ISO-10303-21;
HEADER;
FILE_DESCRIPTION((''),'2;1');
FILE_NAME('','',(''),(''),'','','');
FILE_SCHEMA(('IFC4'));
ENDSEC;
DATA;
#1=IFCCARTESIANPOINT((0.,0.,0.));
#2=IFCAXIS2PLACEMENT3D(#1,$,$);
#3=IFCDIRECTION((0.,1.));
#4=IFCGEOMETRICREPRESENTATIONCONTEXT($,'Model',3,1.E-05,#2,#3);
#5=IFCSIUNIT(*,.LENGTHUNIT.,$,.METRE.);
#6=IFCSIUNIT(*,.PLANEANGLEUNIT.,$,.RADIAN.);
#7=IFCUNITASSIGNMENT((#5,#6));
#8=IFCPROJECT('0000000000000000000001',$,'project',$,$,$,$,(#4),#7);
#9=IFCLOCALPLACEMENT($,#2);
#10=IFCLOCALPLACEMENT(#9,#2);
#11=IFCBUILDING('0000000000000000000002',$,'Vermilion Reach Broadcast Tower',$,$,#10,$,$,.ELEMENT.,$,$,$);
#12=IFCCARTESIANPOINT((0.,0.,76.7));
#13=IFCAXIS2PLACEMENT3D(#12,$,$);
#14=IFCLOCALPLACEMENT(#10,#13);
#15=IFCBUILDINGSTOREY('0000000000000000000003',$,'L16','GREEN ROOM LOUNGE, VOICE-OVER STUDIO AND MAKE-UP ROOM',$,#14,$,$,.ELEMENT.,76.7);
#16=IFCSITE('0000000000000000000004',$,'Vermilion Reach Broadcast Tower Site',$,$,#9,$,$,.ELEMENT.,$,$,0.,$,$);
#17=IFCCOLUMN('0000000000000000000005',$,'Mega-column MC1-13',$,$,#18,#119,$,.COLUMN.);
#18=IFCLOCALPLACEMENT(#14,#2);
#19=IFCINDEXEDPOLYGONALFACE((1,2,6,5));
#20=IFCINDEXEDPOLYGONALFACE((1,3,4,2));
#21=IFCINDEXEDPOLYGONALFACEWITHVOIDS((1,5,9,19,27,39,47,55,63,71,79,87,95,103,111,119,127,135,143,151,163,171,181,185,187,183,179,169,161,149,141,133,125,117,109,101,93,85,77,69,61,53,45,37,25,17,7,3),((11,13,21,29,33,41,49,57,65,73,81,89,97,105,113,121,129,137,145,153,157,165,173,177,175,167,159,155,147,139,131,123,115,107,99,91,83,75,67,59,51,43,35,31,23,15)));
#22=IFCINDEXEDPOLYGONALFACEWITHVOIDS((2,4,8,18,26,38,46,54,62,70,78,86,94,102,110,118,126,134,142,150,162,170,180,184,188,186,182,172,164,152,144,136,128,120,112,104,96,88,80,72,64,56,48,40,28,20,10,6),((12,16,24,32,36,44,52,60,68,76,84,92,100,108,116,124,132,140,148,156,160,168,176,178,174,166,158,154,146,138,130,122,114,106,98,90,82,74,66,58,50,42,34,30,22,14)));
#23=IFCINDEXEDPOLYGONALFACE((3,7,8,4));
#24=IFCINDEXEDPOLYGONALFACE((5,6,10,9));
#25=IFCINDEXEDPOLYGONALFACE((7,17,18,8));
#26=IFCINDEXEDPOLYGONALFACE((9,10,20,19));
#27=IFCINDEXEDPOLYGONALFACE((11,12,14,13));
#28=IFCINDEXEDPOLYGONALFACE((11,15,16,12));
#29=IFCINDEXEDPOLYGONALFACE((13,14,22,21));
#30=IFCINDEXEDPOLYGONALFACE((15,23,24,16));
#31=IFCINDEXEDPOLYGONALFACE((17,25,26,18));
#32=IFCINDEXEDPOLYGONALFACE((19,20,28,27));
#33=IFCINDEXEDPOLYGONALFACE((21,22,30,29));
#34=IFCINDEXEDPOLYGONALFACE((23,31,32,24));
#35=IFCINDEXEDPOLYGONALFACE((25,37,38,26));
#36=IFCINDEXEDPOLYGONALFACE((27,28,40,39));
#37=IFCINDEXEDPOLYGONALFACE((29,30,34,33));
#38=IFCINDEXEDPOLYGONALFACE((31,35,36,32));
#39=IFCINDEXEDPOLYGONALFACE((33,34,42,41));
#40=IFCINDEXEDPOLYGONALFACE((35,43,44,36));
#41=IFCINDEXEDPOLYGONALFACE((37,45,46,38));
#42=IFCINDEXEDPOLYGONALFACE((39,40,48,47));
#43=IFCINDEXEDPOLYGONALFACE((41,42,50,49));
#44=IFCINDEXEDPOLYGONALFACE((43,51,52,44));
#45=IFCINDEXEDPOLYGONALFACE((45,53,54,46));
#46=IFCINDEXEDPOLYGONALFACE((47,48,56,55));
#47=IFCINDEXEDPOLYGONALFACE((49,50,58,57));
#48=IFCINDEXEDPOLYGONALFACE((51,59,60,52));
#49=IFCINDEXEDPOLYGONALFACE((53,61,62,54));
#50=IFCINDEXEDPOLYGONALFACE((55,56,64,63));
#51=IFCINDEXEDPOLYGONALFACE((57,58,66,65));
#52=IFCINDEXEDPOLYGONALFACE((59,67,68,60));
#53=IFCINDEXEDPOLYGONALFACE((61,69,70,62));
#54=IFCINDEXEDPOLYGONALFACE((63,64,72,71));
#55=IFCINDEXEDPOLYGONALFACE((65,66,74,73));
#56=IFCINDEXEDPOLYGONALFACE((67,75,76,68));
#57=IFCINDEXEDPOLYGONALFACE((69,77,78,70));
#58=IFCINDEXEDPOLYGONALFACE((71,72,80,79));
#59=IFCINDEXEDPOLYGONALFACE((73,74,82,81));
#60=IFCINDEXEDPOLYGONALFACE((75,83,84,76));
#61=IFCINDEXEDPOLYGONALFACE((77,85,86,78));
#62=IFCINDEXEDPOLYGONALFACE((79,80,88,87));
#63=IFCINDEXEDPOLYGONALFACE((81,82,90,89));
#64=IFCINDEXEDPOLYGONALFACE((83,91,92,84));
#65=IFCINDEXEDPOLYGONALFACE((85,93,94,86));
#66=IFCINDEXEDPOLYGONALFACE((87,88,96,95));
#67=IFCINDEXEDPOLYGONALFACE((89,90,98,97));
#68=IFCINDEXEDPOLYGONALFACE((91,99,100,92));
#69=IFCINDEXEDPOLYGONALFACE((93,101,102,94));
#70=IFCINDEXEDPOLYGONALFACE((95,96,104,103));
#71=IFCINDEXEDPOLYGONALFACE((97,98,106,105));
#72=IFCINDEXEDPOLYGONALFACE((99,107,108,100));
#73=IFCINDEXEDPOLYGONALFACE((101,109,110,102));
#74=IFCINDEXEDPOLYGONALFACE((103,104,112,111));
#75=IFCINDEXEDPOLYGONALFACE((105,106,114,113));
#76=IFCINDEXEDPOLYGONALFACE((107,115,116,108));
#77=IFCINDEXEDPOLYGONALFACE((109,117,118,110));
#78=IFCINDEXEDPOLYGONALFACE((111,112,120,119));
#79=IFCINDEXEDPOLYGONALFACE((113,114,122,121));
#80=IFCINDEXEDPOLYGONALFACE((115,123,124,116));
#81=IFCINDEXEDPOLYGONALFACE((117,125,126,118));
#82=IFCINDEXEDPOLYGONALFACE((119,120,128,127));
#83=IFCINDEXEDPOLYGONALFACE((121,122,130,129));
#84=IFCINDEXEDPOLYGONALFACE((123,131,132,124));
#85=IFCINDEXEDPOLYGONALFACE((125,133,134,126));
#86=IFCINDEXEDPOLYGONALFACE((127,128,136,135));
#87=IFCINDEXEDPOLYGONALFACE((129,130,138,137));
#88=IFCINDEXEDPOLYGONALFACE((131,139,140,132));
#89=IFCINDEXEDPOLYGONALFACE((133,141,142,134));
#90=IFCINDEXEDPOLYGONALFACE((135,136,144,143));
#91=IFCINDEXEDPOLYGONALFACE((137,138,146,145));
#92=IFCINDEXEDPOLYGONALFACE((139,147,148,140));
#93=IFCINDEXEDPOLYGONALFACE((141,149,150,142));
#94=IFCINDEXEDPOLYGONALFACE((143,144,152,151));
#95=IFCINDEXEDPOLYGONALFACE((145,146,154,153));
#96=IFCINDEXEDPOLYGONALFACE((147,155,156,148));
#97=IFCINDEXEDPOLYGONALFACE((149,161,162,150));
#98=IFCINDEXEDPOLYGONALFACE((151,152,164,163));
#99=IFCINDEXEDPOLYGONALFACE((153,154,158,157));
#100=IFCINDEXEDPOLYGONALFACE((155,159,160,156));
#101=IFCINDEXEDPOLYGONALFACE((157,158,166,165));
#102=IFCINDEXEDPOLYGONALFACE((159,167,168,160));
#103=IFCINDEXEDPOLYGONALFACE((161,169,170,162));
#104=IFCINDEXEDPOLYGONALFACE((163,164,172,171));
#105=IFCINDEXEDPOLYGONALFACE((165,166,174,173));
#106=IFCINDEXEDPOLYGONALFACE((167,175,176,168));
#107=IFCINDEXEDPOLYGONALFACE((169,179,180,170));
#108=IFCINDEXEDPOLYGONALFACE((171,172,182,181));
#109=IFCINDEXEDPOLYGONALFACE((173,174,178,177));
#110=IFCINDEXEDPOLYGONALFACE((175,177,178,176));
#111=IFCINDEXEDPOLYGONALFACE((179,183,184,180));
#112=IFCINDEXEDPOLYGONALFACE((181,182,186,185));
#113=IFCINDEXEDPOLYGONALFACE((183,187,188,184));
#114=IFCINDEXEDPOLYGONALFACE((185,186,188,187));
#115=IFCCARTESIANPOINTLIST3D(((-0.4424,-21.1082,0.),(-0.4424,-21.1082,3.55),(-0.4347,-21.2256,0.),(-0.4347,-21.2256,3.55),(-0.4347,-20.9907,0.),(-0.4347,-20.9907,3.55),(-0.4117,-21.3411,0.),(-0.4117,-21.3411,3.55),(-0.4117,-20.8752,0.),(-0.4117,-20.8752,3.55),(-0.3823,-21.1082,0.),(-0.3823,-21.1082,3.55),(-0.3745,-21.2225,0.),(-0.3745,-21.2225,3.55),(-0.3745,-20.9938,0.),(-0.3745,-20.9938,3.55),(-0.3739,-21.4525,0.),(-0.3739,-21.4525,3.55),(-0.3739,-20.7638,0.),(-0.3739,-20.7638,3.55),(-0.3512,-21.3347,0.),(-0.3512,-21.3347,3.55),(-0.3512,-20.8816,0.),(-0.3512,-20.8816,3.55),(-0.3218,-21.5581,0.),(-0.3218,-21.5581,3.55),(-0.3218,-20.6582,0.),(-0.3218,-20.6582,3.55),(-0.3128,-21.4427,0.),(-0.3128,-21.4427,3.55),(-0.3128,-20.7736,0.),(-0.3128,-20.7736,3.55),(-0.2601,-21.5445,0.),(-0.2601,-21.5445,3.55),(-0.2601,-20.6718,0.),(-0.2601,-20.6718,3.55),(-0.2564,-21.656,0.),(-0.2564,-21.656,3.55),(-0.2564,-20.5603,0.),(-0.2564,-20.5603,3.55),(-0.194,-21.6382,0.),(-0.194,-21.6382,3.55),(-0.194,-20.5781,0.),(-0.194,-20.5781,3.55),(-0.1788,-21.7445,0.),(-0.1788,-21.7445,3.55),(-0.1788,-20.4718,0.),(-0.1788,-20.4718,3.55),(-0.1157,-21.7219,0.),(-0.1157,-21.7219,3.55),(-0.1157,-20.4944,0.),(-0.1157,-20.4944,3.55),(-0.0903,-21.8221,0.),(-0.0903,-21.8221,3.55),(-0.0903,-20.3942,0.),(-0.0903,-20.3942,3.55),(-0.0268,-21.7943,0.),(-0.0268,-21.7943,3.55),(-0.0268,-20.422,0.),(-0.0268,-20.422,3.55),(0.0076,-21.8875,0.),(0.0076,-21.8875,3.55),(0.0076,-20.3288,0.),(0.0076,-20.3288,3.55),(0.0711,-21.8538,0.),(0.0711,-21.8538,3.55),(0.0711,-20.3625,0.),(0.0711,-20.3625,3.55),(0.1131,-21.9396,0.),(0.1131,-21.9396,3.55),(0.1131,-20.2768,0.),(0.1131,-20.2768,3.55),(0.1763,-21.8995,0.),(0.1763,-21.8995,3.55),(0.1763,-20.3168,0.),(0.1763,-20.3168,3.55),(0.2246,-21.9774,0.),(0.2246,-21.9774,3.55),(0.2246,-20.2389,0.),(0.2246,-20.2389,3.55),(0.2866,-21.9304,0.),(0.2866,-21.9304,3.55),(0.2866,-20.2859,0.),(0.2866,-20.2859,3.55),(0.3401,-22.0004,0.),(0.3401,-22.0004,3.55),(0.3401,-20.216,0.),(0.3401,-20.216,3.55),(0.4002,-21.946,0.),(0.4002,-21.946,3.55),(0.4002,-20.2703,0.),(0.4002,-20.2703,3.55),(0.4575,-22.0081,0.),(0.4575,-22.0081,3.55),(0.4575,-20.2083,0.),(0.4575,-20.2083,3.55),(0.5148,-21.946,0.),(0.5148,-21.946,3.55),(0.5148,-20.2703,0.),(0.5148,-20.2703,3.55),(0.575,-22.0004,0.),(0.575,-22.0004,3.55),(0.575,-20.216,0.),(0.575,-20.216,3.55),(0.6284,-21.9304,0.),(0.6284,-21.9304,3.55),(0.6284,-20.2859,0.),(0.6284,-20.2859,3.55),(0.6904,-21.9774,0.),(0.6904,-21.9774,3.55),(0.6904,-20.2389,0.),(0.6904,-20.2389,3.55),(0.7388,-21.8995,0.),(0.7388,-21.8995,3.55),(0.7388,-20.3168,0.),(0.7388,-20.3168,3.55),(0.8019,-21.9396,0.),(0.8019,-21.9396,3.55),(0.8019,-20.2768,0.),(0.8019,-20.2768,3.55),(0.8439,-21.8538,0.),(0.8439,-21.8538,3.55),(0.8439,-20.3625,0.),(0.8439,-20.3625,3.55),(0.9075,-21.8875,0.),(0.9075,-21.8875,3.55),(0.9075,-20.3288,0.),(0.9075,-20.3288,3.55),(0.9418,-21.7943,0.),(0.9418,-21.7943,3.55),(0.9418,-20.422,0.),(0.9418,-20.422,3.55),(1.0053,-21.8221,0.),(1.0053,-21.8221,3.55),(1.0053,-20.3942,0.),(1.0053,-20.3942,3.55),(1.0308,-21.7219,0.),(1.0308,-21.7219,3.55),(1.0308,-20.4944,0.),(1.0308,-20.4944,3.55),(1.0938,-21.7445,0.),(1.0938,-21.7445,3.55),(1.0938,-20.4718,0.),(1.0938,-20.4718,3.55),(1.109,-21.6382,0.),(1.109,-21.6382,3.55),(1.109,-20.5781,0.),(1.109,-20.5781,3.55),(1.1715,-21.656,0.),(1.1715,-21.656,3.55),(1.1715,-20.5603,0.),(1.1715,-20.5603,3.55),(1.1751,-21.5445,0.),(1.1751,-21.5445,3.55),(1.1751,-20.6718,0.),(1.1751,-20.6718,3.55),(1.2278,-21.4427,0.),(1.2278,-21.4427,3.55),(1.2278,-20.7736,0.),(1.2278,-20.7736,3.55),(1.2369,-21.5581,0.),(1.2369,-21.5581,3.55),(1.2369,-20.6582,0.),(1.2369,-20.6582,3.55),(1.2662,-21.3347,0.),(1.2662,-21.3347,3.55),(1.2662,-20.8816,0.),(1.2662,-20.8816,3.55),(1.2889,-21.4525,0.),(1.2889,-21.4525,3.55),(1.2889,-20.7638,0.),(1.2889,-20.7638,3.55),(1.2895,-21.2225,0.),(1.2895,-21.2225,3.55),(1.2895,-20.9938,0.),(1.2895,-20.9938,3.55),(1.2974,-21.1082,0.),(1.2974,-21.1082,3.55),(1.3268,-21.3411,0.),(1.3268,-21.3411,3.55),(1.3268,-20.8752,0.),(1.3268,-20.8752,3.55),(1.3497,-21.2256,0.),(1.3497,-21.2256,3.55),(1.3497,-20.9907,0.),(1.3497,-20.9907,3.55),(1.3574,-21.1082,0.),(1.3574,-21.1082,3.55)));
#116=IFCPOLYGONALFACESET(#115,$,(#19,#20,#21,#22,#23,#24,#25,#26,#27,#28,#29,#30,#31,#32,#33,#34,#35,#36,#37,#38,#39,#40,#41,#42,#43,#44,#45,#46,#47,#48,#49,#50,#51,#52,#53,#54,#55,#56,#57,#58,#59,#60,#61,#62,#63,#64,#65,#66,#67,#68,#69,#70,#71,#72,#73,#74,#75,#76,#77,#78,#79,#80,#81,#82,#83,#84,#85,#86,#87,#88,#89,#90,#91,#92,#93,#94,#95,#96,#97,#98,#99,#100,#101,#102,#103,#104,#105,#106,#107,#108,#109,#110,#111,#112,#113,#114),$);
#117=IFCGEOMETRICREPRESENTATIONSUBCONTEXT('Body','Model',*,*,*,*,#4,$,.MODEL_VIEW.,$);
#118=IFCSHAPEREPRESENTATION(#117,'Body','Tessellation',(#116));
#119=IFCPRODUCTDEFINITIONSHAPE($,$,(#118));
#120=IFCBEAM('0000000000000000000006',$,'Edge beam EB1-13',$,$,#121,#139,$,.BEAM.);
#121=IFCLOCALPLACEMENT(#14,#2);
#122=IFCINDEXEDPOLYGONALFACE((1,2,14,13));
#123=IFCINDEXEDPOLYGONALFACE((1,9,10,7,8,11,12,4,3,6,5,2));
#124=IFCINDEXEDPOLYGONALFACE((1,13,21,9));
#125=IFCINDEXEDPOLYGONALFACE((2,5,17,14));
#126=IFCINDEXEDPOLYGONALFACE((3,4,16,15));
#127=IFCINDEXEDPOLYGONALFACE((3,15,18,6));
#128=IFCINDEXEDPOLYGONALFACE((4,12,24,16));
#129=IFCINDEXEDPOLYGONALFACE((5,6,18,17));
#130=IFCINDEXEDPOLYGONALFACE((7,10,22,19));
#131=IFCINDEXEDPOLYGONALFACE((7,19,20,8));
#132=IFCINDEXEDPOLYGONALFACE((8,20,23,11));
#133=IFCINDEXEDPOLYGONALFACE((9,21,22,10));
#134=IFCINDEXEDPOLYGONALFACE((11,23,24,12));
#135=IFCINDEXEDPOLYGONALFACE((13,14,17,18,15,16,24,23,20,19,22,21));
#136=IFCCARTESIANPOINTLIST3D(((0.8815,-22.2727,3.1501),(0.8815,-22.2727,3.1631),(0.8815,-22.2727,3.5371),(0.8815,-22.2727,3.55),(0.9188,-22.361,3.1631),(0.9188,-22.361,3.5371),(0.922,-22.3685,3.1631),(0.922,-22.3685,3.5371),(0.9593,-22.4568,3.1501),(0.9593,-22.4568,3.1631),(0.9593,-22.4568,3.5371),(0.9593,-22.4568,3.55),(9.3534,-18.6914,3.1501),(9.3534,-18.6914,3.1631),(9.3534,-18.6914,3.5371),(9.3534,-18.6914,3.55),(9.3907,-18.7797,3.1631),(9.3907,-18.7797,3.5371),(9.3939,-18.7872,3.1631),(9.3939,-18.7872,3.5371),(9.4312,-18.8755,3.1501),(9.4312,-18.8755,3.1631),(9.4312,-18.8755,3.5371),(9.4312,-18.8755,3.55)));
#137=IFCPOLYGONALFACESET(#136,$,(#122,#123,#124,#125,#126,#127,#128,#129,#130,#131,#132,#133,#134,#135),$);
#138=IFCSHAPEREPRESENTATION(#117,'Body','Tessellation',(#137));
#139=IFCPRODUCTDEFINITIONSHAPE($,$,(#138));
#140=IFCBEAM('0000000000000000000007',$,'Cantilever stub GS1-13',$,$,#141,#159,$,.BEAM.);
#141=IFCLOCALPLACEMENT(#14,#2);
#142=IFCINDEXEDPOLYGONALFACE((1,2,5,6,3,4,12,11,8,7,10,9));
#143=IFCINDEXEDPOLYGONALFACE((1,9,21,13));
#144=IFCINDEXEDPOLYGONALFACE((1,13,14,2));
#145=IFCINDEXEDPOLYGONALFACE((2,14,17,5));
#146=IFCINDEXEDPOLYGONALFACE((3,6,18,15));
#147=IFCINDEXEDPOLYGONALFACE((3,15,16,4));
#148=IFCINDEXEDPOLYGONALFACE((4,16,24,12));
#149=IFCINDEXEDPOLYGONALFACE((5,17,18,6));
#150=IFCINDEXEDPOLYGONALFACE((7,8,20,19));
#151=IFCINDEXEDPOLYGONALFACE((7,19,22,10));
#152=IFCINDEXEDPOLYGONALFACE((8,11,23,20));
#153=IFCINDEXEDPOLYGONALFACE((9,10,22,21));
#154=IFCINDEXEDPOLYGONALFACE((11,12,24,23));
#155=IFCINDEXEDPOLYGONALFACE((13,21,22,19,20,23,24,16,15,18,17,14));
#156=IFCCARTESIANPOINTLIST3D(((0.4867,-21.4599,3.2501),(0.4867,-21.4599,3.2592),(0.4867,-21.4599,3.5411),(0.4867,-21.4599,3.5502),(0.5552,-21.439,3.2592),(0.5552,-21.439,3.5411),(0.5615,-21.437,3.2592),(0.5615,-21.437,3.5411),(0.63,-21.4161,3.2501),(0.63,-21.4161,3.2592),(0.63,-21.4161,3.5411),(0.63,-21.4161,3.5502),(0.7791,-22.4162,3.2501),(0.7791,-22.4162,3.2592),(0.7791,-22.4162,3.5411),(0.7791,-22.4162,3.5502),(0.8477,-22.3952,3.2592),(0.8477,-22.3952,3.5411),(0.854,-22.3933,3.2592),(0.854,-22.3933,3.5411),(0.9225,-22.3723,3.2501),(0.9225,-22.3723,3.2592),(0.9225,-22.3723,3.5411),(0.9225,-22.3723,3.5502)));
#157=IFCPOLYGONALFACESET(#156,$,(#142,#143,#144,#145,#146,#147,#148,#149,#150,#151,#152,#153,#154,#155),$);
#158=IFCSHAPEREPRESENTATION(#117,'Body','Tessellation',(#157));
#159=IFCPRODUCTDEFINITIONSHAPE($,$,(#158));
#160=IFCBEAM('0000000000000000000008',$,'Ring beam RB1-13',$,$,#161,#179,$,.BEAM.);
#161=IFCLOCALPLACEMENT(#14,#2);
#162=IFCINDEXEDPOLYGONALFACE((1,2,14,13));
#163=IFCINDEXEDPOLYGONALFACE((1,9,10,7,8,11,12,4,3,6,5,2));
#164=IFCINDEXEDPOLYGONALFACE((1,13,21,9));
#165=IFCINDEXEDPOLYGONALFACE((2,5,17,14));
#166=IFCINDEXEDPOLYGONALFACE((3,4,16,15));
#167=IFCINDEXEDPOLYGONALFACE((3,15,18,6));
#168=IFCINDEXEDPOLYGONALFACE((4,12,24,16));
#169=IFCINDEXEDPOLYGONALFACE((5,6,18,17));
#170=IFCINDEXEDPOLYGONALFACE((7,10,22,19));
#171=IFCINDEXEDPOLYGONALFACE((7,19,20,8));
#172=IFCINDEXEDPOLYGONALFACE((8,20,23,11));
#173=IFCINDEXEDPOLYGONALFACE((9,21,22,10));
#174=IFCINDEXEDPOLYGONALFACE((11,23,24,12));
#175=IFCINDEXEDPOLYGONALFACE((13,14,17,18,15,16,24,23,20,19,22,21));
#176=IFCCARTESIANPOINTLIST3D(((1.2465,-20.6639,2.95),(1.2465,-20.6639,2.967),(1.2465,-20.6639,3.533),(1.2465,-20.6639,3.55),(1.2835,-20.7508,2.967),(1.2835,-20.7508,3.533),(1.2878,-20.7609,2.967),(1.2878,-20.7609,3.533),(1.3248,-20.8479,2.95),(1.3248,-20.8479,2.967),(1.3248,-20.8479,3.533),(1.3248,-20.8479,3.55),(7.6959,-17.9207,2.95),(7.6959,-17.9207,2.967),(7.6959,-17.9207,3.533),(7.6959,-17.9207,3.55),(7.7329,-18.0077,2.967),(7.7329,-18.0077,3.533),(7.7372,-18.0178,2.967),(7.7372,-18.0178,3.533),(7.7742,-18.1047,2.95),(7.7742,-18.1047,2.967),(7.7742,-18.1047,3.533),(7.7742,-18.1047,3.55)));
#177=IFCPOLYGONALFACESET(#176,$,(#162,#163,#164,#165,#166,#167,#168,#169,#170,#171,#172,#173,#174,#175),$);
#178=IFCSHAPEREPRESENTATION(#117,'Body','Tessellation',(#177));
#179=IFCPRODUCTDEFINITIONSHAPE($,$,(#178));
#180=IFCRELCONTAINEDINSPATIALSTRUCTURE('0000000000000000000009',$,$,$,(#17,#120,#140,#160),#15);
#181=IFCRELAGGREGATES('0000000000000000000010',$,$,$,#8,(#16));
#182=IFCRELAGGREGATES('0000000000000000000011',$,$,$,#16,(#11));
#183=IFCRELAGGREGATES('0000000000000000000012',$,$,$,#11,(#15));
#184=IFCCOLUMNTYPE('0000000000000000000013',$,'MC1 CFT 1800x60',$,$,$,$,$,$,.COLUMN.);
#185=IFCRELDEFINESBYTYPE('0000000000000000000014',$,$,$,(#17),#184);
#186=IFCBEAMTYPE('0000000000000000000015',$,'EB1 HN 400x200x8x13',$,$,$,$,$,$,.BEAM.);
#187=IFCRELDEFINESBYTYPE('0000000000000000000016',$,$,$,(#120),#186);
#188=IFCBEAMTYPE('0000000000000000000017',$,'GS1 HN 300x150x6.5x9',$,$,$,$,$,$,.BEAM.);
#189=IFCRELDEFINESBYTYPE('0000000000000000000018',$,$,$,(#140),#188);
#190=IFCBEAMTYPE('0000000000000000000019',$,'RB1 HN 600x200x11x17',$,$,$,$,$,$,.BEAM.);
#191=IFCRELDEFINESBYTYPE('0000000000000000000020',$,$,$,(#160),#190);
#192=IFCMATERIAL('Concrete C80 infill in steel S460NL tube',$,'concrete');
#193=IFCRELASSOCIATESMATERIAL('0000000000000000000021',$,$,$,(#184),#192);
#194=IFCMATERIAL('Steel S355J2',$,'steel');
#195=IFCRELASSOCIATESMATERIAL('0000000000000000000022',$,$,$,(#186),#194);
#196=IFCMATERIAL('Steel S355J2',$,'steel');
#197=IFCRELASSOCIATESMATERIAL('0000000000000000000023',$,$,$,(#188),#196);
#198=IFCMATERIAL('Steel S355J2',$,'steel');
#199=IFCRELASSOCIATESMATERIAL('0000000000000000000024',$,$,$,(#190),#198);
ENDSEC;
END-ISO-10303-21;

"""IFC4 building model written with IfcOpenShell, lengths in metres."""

from ifc_helpers import new_model, si_unit, direction, frame, origin, origin_2d, place, context, subcontext, project, spatial, hollow_circle, i_section, extrude, material, material_profile, profile_set, type_object, element, save


model = new_model("IFC4")

# Units and contexts
model_context = context("Model", 3, precision=1e-05, world=origin(), true_north=direction((0.0, 1.0)))
body_context = subcontext(model_context, "Body", "Model", "MODEL_VIEW")
ifc_project = project(units=[si_unit("LENGTHUNIT", "METRE"), si_unit("PLANEANGLEUNIT", "RADIAN")], contexts=[model_context])

# Site, building, storey
site_placement = place(None, origin())
site = spatial("IfcSite", under=ifc_project, at=site_placement, Name="Vermilion Reach Broadcast Tower Site", CompositionType="ELEMENT", RefElevation=0.0)
building_placement = place(site_placement, origin())
building = spatial("IfcBuilding", under=site, at=building_placement, Name="Vermilion Reach Broadcast Tower", CompositionType="ELEMENT")
storey_placement = place(building_placement, frame((0.0, 0.0, 76.7)))
storey = spatial("IfcBuildingStorey", under=building, at=storey_placement, Name="L16", Description="GREEN ROOM LOUNGE, VOICE-OVER STUDIO AND MAKE-UP ROOM", CompositionType="ELEMENT", Elevation=76.7)

# Column
ifc_material_1 = material(Name="Concrete C80 infill in steel S460NL tube", Category="concrete")
ifc_material_profile_1 = material_profile(ifc_material_1, hollow_circle(Radius=0.8999, WallThickness=0.0601, at=origin_2d()), Name="Concrete C80 infill in steel S460NL tube CFT 1800x60")
ifc_profile_set_1 = profile_set([ifc_material_profile_1], Name="Concrete C80 infill in steel S460NL tube")
column_type = type_object("IfcColumnType", Name="MC1 CFT 1800x60", PredefinedType="COLUMN", material=ifc_profile_set_1)
column_placement = place(storey_placement, frame((0.4575, -21.1082, 0.0), z_axis=(0.0, 0.0, 1.0), x_axis=(1.0, 0.0, 0.0)))
element("IfcColumn", 1, at=column_placement, inside=storey, type_object=column_type, Name="Mega-column MC1-13", PredefinedType="COLUMN", context=body_context, shape_type="SweptSolid", body=[
    extrude(hollow_circle(Radius=0.8999, WallThickness=0.0601, at=origin_2d()), origin(), (0.0, 0.0, 1.0), 3.55),
])

# Beams
ifc_material_2 = material(Name="Steel S355J2", Category="steel")
ifc_material_profile_2 = material_profile(ifc_material_2, i_section(OverallWidth=0.2, OverallDepth=0.3999, WebThickness=0.0081, FlangeThickness=0.0129, at=origin_2d()), Name="S355J2 HN 400x200x8x13")
ifc_profile_set_2 = profile_set([ifc_material_profile_2], Name="Steel S355J2")
beam_type_1 = type_object("IfcBeamType", Name="EB1 HN 400x200x8x13", PredefinedType="BEAM", material=ifc_profile_set_2)
beam_1_placement = place(storey_placement, frame((0.9204, -22.3647, 3.3501), z_axis=(0.921083, 0.389365, 0.0), x_axis=(-0.389365, 0.921083, 0.0)))
element("IfcBeam", 2, at=beam_1_placement, inside=storey, type_object=beam_type_1, Name="Edge beam EB1-13", PredefinedType="BEAM", context=body_context, shape_type="SweptSolid", body=[
    extrude(i_section(OverallWidth=0.2, OverallDepth=0.3999, WebThickness=0.0081, FlangeThickness=0.0129, at=origin_2d()), origin(), (0.0, 0.0, 1.0), 9.1978),
])
ifc_material_3 = material(Name="Steel S355J2", Category="steel")
ifc_material_profile_3 = material_profile(ifc_material_3, i_section(OverallWidth=0.1499, OverallDepth=0.3, WebThickness=0.0066, FlangeThickness=0.009, at=origin_2d()), Name="S355J2 HN 300x150x6.5x9")
ifc_profile_set_3 = profile_set([ifc_material_profile_3], Name="Steel S355J2")
beam_type_2 = type_object("IfcBeamType", Name="GS1 HN 300x150x6.5x9", PredefinedType="BEAM", material=ifc_profile_set_3)
beam_2_placement = place(storey_placement, frame((0.5583, -21.438, 3.4001), z_axis=(0.292473, -0.956274, 0.0), x_axis=(0.956274, 0.292473, 0.0)))
element("IfcBeam", 3, at=beam_2_placement, inside=storey, type_object=beam_type_2, Name="Cantilever stub GS1-13", PredefinedType="BEAM", context=body_context, shape_type="SweptSolid", body=[
    extrude(i_section(OverallWidth=0.1499, OverallDepth=0.3, WebThickness=0.0066, FlangeThickness=0.009, at=origin_2d()), origin(), (0.0, 0.0, 1.0), 1.0),
])
ifc_material_4 = material(Name="Steel S355J2", Category="steel")
ifc_material_profile_4 = material_profile(ifc_material_4, i_section(OverallWidth=0.2, OverallDepth=0.6001, WebThickness=0.011, FlangeThickness=0.0171, at=origin_2d()), Name="S355J2 HN 600x200x11x17")
ifc_profile_set_4 = profile_set([ifc_material_profile_4], Name="Steel S355J2")
beam_type_3 = type_object("IfcBeamType", Name="RB1 HN 600x200x11x17", PredefinedType="BEAM", material=ifc_profile_set_4)
beam_3_placement = place(storey_placement, frame((1.2856, -20.7559, 3.25), z_axis=(0.920221, 0.3914, 0.0), x_axis=(-0.3914, 0.920221, 0.0)))
element("IfcBeam", 4, at=beam_3_placement, inside=storey, type_object=beam_type_3, Name="Ring beam RB1-13", PredefinedType="BEAM", context=body_context, shape_type="SweptSolid", body=[
    extrude(i_section(OverallWidth=0.2, OverallDepth=0.6001, WebThickness=0.011, FlangeThickness=0.0171, at=origin_2d()), origin(), (0.0, 0.0, 1.0), 7.0085),
])

save(model, "model.ifc")
